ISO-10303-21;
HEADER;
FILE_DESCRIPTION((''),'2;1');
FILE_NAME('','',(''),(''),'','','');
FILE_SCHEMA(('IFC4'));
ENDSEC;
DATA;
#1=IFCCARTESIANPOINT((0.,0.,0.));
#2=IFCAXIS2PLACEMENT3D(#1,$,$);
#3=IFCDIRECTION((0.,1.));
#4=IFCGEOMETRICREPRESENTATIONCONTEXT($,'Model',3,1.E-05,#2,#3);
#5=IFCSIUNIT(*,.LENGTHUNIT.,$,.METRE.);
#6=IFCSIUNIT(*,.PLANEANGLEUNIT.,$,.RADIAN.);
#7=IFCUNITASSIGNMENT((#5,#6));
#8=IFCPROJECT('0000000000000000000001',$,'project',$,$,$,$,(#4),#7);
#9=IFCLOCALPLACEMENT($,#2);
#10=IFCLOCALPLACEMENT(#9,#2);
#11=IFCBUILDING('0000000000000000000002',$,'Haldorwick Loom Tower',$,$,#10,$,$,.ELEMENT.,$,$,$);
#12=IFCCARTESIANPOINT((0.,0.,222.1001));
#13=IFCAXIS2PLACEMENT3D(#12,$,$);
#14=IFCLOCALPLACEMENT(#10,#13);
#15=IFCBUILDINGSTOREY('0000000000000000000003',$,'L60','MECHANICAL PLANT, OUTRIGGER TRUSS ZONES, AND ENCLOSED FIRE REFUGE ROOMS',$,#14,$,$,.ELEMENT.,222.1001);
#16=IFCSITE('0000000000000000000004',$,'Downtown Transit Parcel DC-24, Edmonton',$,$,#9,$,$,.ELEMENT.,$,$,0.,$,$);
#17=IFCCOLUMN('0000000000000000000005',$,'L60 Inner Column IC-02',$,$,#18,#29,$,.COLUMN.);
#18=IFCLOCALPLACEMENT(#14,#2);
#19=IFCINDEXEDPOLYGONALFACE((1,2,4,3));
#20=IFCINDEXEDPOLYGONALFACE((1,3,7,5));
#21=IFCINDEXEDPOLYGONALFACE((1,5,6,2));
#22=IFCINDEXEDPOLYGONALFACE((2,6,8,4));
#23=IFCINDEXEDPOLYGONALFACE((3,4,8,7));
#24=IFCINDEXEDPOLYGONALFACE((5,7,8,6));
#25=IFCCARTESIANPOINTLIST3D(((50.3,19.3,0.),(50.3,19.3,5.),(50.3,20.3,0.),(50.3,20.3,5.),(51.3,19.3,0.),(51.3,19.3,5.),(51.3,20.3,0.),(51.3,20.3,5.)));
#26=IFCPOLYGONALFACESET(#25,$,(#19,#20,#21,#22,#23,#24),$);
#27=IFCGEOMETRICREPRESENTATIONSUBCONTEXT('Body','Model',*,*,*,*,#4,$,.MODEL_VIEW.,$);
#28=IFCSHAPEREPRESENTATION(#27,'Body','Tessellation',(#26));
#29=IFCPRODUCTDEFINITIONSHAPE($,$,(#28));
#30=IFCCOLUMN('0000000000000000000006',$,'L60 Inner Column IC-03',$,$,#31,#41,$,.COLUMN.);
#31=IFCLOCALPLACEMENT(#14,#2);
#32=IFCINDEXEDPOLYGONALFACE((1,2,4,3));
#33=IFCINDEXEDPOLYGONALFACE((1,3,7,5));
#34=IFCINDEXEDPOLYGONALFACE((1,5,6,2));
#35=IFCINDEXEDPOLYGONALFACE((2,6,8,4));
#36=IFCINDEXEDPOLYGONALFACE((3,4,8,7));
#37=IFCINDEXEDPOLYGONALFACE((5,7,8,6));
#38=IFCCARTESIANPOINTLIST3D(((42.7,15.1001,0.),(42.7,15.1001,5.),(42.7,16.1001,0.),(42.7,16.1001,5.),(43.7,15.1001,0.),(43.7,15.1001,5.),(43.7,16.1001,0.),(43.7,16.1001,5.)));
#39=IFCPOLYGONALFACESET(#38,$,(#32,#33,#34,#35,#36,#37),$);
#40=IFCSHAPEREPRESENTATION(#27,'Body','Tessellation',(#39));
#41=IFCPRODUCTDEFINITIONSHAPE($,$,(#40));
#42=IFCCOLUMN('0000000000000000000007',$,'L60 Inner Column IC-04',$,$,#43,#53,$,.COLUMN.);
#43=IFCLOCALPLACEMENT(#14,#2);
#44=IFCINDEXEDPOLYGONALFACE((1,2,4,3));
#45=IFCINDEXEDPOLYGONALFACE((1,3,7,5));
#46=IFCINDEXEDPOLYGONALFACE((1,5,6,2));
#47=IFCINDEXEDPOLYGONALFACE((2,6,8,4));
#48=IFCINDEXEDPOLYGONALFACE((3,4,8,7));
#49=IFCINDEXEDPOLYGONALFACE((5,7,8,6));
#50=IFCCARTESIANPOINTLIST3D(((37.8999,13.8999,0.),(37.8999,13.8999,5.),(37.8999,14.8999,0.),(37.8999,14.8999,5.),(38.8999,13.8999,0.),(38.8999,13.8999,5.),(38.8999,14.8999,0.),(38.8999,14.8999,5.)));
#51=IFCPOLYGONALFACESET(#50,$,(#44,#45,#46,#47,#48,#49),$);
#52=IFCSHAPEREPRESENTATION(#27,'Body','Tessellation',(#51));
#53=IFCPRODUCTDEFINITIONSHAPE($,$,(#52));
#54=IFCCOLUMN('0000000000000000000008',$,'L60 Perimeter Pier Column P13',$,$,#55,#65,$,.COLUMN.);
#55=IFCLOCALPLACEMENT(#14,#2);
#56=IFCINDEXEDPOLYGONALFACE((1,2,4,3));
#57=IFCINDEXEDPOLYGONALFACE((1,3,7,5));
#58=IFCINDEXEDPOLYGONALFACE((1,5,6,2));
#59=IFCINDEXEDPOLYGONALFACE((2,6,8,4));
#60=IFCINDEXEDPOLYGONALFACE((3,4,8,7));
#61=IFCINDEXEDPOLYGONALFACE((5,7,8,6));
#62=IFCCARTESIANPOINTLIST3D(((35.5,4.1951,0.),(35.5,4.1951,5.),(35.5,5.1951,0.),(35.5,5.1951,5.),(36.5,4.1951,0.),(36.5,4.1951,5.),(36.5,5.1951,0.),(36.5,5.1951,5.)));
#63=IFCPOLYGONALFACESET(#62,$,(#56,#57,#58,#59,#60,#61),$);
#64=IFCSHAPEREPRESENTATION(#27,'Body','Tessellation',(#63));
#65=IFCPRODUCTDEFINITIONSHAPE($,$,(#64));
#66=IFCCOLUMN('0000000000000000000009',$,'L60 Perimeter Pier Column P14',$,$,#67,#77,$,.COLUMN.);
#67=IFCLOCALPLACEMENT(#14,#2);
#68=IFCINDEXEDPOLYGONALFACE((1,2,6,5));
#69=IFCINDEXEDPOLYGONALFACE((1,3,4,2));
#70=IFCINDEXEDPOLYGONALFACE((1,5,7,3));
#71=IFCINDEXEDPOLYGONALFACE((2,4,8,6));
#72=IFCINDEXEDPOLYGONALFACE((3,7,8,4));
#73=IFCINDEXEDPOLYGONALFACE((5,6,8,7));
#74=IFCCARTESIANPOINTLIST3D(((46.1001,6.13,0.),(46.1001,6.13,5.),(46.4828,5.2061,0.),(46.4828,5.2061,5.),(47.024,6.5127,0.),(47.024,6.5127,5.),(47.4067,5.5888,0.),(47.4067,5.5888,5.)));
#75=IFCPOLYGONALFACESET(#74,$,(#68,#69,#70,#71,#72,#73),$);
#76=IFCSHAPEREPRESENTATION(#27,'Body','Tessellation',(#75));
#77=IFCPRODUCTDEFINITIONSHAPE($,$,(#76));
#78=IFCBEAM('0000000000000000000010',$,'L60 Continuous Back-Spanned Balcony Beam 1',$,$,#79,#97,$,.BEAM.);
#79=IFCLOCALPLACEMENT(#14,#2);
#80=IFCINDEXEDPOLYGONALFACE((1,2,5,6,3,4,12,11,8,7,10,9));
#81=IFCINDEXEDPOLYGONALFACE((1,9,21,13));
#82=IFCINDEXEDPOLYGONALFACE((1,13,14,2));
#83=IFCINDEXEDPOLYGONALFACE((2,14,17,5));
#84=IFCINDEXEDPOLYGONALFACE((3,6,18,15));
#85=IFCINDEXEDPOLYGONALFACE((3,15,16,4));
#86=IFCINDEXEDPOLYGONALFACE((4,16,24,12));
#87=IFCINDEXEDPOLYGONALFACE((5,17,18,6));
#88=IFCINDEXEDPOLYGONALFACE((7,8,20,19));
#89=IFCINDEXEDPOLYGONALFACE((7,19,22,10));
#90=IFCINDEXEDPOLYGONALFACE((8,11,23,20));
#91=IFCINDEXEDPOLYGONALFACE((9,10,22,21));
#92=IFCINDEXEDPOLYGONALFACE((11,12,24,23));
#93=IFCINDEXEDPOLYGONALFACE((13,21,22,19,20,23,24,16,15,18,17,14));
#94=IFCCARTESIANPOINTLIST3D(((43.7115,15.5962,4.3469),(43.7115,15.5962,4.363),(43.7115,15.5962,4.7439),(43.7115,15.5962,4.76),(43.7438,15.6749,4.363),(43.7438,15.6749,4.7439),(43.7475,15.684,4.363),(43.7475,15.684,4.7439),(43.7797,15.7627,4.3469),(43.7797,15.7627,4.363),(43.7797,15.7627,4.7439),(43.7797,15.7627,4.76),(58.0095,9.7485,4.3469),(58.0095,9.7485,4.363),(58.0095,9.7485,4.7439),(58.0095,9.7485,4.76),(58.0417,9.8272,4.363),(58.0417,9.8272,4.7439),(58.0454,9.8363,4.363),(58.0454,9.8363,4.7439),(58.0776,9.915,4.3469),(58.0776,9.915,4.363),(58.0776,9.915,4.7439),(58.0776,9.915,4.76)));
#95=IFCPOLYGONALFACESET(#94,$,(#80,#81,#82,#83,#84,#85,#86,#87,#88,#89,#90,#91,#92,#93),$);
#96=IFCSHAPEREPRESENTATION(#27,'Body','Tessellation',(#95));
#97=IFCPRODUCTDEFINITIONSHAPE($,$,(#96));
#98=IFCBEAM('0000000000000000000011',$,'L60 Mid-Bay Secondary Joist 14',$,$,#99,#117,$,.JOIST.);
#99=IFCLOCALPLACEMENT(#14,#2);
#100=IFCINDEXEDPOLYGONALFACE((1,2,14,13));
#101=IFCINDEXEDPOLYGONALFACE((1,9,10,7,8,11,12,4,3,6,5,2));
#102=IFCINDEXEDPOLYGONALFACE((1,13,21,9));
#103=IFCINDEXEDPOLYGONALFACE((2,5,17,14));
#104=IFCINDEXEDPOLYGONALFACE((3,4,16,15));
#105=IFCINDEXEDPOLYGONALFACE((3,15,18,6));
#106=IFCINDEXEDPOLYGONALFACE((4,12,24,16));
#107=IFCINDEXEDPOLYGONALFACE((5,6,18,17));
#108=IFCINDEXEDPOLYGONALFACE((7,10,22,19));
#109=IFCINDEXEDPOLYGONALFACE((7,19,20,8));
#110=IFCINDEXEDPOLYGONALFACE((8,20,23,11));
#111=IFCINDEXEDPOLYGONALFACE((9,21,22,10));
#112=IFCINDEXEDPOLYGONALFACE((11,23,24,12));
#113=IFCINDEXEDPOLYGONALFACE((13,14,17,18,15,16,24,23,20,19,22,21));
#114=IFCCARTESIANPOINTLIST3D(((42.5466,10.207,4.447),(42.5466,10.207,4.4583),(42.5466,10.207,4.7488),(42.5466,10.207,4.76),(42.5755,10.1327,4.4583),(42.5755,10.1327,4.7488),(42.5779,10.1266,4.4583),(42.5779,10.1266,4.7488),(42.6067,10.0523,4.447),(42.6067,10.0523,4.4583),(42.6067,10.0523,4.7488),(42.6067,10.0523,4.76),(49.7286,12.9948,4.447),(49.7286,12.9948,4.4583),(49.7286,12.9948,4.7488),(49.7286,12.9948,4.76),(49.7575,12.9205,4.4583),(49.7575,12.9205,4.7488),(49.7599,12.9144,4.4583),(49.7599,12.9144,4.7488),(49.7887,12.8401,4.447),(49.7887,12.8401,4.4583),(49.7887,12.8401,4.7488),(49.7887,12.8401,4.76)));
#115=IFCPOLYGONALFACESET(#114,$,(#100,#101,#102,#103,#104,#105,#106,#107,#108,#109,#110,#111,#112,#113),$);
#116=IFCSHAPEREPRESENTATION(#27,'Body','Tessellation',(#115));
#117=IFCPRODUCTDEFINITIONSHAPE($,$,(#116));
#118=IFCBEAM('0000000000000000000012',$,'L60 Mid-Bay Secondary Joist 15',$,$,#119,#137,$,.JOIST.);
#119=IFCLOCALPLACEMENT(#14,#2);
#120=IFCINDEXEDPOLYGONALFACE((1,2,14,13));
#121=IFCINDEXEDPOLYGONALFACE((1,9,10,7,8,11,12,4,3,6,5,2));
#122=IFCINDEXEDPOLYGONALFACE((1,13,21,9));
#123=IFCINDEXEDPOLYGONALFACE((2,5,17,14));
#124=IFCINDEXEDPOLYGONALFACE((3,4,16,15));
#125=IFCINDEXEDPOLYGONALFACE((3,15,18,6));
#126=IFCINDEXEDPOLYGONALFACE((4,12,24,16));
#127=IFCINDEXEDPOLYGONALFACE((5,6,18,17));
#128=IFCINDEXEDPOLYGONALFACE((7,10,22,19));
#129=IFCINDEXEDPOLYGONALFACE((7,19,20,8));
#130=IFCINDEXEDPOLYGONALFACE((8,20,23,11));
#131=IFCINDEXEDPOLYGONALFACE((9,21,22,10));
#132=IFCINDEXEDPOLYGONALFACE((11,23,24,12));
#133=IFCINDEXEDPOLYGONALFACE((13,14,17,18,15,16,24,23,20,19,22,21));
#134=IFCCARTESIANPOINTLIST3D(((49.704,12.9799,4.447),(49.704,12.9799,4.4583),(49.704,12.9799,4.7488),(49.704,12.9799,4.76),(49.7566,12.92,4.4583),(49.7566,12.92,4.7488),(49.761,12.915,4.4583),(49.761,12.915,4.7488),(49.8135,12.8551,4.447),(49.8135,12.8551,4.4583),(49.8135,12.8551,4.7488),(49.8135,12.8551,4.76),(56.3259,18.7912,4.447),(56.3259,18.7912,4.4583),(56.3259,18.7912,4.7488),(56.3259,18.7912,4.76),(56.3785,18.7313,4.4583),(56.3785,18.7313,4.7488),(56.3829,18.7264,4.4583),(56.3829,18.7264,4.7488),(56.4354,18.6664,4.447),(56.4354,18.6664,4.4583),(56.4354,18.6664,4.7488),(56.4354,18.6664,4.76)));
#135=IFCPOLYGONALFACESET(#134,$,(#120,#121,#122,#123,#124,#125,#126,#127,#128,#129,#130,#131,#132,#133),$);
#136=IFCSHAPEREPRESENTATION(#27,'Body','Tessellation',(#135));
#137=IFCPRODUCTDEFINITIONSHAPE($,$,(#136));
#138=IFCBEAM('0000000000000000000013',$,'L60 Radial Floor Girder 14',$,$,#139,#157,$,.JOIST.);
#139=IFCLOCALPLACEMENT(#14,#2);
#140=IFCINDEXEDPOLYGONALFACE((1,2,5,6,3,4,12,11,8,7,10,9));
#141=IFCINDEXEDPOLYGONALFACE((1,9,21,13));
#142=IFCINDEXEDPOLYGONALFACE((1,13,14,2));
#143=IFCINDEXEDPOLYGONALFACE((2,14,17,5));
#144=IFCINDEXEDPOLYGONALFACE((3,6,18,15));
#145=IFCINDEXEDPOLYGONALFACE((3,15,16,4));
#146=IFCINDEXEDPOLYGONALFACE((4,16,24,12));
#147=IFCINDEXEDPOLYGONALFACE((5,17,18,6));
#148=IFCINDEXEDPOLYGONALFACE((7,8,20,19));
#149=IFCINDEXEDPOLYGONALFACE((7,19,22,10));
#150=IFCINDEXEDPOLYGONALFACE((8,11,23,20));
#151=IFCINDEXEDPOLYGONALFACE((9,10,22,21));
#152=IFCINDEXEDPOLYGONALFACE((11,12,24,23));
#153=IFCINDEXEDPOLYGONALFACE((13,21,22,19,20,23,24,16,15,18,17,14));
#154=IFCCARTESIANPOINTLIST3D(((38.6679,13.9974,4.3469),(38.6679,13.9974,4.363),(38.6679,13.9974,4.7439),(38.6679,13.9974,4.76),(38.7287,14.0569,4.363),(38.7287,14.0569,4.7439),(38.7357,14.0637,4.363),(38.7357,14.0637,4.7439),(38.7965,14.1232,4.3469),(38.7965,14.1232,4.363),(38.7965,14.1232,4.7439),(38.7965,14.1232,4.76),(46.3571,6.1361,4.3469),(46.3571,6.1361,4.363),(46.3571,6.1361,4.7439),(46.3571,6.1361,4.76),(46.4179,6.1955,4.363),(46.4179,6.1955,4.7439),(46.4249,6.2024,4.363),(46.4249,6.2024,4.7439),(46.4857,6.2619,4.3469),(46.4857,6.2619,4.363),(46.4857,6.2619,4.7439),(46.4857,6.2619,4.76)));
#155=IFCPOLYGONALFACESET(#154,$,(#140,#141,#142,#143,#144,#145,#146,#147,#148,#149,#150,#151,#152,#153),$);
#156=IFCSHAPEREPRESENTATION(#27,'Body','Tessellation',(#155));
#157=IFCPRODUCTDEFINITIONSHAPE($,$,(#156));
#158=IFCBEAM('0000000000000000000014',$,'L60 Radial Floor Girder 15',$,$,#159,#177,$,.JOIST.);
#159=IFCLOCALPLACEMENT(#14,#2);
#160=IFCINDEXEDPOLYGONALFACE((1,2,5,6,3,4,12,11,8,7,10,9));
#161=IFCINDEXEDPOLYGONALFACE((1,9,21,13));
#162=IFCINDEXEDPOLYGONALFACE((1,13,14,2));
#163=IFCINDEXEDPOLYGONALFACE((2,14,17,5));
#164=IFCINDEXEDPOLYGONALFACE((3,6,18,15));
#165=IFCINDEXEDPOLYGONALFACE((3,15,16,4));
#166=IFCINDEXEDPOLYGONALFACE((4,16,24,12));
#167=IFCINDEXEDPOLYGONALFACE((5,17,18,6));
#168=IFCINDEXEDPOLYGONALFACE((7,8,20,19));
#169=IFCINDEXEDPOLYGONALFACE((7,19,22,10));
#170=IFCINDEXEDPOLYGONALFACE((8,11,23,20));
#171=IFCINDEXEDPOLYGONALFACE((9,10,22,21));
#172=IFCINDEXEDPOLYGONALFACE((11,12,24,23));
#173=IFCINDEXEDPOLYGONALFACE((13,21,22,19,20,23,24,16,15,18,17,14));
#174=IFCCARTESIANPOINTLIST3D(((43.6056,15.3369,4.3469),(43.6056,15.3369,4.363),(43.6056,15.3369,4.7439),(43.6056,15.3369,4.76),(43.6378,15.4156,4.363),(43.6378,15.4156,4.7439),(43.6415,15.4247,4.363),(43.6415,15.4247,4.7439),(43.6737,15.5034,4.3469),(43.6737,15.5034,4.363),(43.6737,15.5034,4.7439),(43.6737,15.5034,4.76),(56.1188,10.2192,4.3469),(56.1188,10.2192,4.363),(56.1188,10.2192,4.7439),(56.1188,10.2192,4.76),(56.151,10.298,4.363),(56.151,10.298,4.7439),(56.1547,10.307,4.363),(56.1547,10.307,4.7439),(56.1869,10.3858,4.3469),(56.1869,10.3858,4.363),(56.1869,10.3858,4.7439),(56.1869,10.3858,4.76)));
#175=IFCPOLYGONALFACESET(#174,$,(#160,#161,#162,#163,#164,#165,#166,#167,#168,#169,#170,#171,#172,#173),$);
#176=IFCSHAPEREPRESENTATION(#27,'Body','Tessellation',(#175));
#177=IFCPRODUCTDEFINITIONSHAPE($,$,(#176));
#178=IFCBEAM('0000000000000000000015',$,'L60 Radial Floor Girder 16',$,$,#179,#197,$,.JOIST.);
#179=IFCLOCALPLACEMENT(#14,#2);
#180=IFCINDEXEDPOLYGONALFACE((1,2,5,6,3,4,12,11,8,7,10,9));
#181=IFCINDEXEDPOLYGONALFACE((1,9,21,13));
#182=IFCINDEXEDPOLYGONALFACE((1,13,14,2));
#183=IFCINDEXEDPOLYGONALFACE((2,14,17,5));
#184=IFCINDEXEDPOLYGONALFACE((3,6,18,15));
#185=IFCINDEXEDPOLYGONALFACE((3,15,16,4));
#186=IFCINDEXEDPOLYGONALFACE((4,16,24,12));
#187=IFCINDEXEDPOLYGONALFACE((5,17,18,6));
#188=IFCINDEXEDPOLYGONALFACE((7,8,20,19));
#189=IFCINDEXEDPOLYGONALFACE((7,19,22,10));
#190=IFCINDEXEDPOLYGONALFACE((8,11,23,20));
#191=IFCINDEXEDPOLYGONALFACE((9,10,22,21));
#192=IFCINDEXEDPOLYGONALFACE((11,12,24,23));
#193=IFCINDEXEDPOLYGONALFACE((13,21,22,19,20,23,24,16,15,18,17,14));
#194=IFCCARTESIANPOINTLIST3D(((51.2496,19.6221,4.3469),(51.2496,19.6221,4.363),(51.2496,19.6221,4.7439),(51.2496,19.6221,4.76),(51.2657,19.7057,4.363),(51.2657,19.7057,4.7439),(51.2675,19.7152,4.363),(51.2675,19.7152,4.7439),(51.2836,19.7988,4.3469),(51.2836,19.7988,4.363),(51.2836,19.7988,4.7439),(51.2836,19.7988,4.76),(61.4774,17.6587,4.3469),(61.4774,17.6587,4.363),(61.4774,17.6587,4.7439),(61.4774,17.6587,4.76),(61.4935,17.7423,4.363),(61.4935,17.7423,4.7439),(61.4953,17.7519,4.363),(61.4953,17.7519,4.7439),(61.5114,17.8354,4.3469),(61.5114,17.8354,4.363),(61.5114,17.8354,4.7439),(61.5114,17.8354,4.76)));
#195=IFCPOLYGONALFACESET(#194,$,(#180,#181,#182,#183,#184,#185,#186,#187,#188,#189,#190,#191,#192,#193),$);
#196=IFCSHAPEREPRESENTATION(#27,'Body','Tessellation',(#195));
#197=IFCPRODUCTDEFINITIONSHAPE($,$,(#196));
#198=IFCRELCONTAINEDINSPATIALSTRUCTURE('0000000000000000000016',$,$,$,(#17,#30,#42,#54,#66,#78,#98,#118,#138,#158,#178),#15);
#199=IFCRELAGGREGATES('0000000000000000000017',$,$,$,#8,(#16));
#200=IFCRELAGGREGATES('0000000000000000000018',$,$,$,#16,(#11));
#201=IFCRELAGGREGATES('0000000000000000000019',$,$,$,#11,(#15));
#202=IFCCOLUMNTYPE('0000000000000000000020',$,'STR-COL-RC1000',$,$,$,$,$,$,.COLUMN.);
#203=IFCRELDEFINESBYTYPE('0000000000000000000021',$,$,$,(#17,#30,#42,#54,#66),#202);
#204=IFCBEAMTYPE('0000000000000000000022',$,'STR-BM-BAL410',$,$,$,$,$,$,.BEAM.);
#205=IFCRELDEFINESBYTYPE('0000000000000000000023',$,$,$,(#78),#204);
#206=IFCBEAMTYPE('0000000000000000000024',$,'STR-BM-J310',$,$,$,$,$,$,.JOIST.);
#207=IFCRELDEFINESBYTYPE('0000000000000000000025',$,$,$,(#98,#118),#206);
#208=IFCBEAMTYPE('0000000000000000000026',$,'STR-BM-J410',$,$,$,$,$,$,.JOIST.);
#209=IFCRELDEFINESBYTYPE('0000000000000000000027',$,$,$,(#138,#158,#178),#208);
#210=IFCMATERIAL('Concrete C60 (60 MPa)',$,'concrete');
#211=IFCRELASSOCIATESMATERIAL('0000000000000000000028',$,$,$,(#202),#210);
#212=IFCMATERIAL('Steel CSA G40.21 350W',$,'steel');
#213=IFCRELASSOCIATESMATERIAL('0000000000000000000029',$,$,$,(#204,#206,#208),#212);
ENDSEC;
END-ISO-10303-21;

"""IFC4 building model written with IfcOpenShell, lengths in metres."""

from ifc_helpers import new_model, si_unit, direction, frame, origin, origin_2d, place, context, subcontext, project, spatial, rectangle, i_section, extrude, material, material_profile, profile_set, type_object, element, save


model = new_model("IFC4")

# Units and contexts
model_context = context("Model", 3, precision=1e-05, world=origin(), true_north=direction((0.0, 1.0)))
body_context = subcontext(model_context, "Body", "Model", "MODEL_VIEW")
ifc_project = project(units=[si_unit("LENGTHUNIT", "METRE"), si_unit("PLANEANGLEUNIT", "RADIAN")], contexts=[model_context])

# Site, building, storey
site_placement = place(None, origin())
site = spatial("IfcSite", under=ifc_project, at=site_placement, Name="Downtown Transit Parcel DC-24, Edmonton", CompositionType="ELEMENT", RefElevation=0.0)
building_placement = place(site_placement, origin())
building = spatial("IfcBuilding", under=site, at=building_placement, Name="Haldorwick Loom Tower", CompositionType="ELEMENT")
storey_placement = place(building_placement, frame((0.0, 0.0, 222.1001)))
storey = spatial("IfcBuildingStorey", under=building, at=storey_placement, Name="L60", Description="MECHANICAL PLANT, OUTRIGGER TRUSS ZONES, AND ENCLOSED FIRE REFUGE ROOMS", CompositionType="ELEMENT", Elevation=222.1001)

# Columns
ifc_material_1 = material(Name="Concrete C60 (60 MPa)", Category="concrete")
ifc_material_profile_1 = material_profile(ifc_material_1, rectangle(XDim=1.0, YDim=1.0, at=origin_2d()), Name="RC1000X1000", Category="concrete")
ifc_profile_set_1 = profile_set([ifc_material_profile_1], Name="Concrete C60 (60 MPa)")
column_type = type_object("IfcColumnType", Name="STR-COL-RC1000", PredefinedType="COLUMN", material=ifc_profile_set_1)
for number, where, z_axis, x_axis, name in (
    (1, (50.8, 19.8, 0.0), (0.0, 0.0, 1.0), (1.0, 0.0, 0.0), "L60 Inner Column IC-02"),
    (2, (43.2, 15.6001, 0.0), (0.0, 0.0, 1.0), (1.0, 0.0, 0.0), "L60 Inner Column IC-03"),
    (3, (38.3999, 14.3999, 0.0), (0.0, 0.0, 1.0), (1.0, 0.0, 0.0), "L60 Inner Column IC-04"),
    (4, (36.0, 4.6951, 0.0), (0.0, 0.0, 1.0), (0.0, -1.0, 0.0), "L60 Perimeter Pier Column P13"),
    (5, (46.7534, 5.8594, 0.0), (0.0, 0.0, 1.0), (0.382683, -0.92388, 0.0), "L60 Perimeter Pier Column P14"),
):
    element("IfcColumn", number, at=place(storey_placement, frame(where, z_axis=z_axis, x_axis=x_axis)), inside=storey, type_object=column_type, Name=name, PredefinedType="COLUMN", context=body_context, shape_type="SweptSolid", body=[
        extrude(rectangle(XDim=1.0, YDim=1.0, at=origin_2d()), origin(), (0.0, 0.0, 1.0), 5.0),
    ])

# Beams
ifc_material_2 = material(Name="Steel CSA G40.21 350W", Category="steel")
ifc_material_profile_2 = material_profile(ifc_material_2, i_section(OverallWidth=0.1799, OverallDepth=0.4131, WebThickness=0.0098, FlangeThickness=0.0161, at=origin_2d()), Name="W410X74", Category="steel")
ifc_profile_set_2 = profile_set([ifc_material_profile_2], Name="Steel CSA G40.21 350W")
beam_type_1 = type_object("IfcBeamType", Name="STR-BM-BAL410", PredefinedType="BEAM", material=ifc_profile_set_2)
beam_1_placement = place(storey_placement, frame((43.7456, 15.6794, 4.5535), z_axis=(0.92558, -0.378552, 0.0), x_axis=(0.378552, 0.92558, 0.0)))
element("IfcBeam", 6, at=beam_1_placement, inside=storey, type_object=beam_type_1, Name="L60 Continuous Back-Spanned Balcony Beam 1", PredefinedType="BEAM", context=body_context, shape_type="SweptSolid", body=[
    extrude(i_section(OverallWidth=0.1799, OverallDepth=0.4131, WebThickness=0.0098, FlangeThickness=0.0161, at=origin_2d()), origin(), (0.0, 0.0, 1.0), 15.4475),
])
ifc_material_profile_3 = material_profile(ifc_material_2, i_section(OverallWidth=0.166, OverallDepth=0.313, WebThickness=0.0066, FlangeThickness=0.0112, at=origin_2d()), Name="W310X45", Category="steel")
ifc_profile_set_3 = profile_set([ifc_material_profile_3], Name="Steel CSA G40.21 350W")
beam_type_2 = type_object("IfcBeamType", Name="STR-BM-J310", PredefinedType="JOIST", material=ifc_profile_set_3)
beam_2_placement = place(storey_placement, frame((42.5767, 10.1296, 4.6035), z_axis=(0.932233, 0.361859, 0.0), x_axis=(-0.361859, 0.932233, 0.0)))
element("IfcBeam", 7, at=beam_2_placement, inside=storey, type_object=beam_type_2, Name="L60 Mid-Bay Secondary Joist 14", PredefinedType="JOIST", context=body_context, shape_type="SweptSolid", body=[
    extrude(i_section(OverallWidth=0.166, OverallDepth=0.313, WebThickness=0.0066, FlangeThickness=0.0112, at=origin_2d()), origin(), (0.0, 0.0, 1.0), 7.7041),
])
beam_3_placement = place(storey_placement, frame((49.7588, 12.9175, 4.6035), z_axis=(0.751609, 0.659608, 0.0), x_axis=(-0.659608, 0.751609, 0.0)))
element("IfcBeam", 8, at=beam_3_placement, inside=storey, type_object=beam_type_2, Name="L60 Mid-Bay Secondary Joist 15", PredefinedType="JOIST", context=body_context, shape_type="SweptSolid", body=[
    extrude(i_section(OverallWidth=0.166, OverallDepth=0.313, WebThickness=0.0066, FlangeThickness=0.0112, at=origin_2d()), origin(), (0.0, 0.0, 1.0), 8.8103),
])
ifc_material_profile_4 = material_profile(ifc_material_2, i_section(OverallWidth=0.1799, OverallDepth=0.4131, WebThickness=0.0098, FlangeThickness=0.0161, at=origin_2d()), Name="W410X74", Category="steel")
ifc_profile_set_4 = profile_set([ifc_material_profile_4], Name="Steel CSA G40.21 350W")
beam_type_3 = type_object("IfcBeamType", Name="STR-BM-J410", PredefinedType="JOIST", material=ifc_profile_set_4)
beam_4_placement = place(storey_placement, frame((38.7322, 14.0603, 4.5535), z_axis=(0.699237, -0.71489, 0.0), x_axis=(0.71489, 0.699237, 0.0)))
element("IfcBeam", 9, at=beam_4_placement, inside=storey, type_object=beam_type_3, Name="L60 Radial Floor Girder 14", PredefinedType="JOIST", context=body_context, shape_type="SweptSolid", body=[
    extrude(i_section(OverallWidth=0.1799, OverallDepth=0.4131, WebThickness=0.0098, FlangeThickness=0.0161, at=origin_2d()), origin(), (0.0, 0.0, 1.0), 10.9966),
])
beam_5_placement = place(storey_placement, frame((43.6396, 15.4202, 4.5535), z_axis=(0.925582, -0.378547, 0.0), x_axis=(0.378547, 0.925582, 0.0)))
element("IfcBeam", 10, at=beam_5_placement, inside=storey, type_object=beam_type_3, Name="L60 Radial Floor Girder 15", PredefinedType="JOIST", context=body_context, shape_type="SweptSolid", body=[
    extrude(i_section(OverallWidth=0.1799, OverallDepth=0.4131, WebThickness=0.0098, FlangeThickness=0.0161, at=origin_2d()), origin(), (0.0, 0.0, 1.0), 13.5193),
])
beam_6_placement = place(storey_placement, frame((51.2666, 19.7104, 4.5535), z_axis=(0.982069, -0.188523, 0.0), x_axis=(0.188523, 0.982069, 0.0)))
element("IfcBeam", 11, at=beam_6_placement, inside=storey, type_object=beam_type_3, Name="L60 Radial Floor Girder 16", PredefinedType="JOIST", context=body_context, shape_type="SweptSolid", body=[
    extrude(i_section(OverallWidth=0.1799, OverallDepth=0.4131, WebThickness=0.0098, FlangeThickness=0.0161, at=origin_2d()), origin(), (0.0, 0.0, 1.0), 10.4146),
])

save(model, "model.ifc")
